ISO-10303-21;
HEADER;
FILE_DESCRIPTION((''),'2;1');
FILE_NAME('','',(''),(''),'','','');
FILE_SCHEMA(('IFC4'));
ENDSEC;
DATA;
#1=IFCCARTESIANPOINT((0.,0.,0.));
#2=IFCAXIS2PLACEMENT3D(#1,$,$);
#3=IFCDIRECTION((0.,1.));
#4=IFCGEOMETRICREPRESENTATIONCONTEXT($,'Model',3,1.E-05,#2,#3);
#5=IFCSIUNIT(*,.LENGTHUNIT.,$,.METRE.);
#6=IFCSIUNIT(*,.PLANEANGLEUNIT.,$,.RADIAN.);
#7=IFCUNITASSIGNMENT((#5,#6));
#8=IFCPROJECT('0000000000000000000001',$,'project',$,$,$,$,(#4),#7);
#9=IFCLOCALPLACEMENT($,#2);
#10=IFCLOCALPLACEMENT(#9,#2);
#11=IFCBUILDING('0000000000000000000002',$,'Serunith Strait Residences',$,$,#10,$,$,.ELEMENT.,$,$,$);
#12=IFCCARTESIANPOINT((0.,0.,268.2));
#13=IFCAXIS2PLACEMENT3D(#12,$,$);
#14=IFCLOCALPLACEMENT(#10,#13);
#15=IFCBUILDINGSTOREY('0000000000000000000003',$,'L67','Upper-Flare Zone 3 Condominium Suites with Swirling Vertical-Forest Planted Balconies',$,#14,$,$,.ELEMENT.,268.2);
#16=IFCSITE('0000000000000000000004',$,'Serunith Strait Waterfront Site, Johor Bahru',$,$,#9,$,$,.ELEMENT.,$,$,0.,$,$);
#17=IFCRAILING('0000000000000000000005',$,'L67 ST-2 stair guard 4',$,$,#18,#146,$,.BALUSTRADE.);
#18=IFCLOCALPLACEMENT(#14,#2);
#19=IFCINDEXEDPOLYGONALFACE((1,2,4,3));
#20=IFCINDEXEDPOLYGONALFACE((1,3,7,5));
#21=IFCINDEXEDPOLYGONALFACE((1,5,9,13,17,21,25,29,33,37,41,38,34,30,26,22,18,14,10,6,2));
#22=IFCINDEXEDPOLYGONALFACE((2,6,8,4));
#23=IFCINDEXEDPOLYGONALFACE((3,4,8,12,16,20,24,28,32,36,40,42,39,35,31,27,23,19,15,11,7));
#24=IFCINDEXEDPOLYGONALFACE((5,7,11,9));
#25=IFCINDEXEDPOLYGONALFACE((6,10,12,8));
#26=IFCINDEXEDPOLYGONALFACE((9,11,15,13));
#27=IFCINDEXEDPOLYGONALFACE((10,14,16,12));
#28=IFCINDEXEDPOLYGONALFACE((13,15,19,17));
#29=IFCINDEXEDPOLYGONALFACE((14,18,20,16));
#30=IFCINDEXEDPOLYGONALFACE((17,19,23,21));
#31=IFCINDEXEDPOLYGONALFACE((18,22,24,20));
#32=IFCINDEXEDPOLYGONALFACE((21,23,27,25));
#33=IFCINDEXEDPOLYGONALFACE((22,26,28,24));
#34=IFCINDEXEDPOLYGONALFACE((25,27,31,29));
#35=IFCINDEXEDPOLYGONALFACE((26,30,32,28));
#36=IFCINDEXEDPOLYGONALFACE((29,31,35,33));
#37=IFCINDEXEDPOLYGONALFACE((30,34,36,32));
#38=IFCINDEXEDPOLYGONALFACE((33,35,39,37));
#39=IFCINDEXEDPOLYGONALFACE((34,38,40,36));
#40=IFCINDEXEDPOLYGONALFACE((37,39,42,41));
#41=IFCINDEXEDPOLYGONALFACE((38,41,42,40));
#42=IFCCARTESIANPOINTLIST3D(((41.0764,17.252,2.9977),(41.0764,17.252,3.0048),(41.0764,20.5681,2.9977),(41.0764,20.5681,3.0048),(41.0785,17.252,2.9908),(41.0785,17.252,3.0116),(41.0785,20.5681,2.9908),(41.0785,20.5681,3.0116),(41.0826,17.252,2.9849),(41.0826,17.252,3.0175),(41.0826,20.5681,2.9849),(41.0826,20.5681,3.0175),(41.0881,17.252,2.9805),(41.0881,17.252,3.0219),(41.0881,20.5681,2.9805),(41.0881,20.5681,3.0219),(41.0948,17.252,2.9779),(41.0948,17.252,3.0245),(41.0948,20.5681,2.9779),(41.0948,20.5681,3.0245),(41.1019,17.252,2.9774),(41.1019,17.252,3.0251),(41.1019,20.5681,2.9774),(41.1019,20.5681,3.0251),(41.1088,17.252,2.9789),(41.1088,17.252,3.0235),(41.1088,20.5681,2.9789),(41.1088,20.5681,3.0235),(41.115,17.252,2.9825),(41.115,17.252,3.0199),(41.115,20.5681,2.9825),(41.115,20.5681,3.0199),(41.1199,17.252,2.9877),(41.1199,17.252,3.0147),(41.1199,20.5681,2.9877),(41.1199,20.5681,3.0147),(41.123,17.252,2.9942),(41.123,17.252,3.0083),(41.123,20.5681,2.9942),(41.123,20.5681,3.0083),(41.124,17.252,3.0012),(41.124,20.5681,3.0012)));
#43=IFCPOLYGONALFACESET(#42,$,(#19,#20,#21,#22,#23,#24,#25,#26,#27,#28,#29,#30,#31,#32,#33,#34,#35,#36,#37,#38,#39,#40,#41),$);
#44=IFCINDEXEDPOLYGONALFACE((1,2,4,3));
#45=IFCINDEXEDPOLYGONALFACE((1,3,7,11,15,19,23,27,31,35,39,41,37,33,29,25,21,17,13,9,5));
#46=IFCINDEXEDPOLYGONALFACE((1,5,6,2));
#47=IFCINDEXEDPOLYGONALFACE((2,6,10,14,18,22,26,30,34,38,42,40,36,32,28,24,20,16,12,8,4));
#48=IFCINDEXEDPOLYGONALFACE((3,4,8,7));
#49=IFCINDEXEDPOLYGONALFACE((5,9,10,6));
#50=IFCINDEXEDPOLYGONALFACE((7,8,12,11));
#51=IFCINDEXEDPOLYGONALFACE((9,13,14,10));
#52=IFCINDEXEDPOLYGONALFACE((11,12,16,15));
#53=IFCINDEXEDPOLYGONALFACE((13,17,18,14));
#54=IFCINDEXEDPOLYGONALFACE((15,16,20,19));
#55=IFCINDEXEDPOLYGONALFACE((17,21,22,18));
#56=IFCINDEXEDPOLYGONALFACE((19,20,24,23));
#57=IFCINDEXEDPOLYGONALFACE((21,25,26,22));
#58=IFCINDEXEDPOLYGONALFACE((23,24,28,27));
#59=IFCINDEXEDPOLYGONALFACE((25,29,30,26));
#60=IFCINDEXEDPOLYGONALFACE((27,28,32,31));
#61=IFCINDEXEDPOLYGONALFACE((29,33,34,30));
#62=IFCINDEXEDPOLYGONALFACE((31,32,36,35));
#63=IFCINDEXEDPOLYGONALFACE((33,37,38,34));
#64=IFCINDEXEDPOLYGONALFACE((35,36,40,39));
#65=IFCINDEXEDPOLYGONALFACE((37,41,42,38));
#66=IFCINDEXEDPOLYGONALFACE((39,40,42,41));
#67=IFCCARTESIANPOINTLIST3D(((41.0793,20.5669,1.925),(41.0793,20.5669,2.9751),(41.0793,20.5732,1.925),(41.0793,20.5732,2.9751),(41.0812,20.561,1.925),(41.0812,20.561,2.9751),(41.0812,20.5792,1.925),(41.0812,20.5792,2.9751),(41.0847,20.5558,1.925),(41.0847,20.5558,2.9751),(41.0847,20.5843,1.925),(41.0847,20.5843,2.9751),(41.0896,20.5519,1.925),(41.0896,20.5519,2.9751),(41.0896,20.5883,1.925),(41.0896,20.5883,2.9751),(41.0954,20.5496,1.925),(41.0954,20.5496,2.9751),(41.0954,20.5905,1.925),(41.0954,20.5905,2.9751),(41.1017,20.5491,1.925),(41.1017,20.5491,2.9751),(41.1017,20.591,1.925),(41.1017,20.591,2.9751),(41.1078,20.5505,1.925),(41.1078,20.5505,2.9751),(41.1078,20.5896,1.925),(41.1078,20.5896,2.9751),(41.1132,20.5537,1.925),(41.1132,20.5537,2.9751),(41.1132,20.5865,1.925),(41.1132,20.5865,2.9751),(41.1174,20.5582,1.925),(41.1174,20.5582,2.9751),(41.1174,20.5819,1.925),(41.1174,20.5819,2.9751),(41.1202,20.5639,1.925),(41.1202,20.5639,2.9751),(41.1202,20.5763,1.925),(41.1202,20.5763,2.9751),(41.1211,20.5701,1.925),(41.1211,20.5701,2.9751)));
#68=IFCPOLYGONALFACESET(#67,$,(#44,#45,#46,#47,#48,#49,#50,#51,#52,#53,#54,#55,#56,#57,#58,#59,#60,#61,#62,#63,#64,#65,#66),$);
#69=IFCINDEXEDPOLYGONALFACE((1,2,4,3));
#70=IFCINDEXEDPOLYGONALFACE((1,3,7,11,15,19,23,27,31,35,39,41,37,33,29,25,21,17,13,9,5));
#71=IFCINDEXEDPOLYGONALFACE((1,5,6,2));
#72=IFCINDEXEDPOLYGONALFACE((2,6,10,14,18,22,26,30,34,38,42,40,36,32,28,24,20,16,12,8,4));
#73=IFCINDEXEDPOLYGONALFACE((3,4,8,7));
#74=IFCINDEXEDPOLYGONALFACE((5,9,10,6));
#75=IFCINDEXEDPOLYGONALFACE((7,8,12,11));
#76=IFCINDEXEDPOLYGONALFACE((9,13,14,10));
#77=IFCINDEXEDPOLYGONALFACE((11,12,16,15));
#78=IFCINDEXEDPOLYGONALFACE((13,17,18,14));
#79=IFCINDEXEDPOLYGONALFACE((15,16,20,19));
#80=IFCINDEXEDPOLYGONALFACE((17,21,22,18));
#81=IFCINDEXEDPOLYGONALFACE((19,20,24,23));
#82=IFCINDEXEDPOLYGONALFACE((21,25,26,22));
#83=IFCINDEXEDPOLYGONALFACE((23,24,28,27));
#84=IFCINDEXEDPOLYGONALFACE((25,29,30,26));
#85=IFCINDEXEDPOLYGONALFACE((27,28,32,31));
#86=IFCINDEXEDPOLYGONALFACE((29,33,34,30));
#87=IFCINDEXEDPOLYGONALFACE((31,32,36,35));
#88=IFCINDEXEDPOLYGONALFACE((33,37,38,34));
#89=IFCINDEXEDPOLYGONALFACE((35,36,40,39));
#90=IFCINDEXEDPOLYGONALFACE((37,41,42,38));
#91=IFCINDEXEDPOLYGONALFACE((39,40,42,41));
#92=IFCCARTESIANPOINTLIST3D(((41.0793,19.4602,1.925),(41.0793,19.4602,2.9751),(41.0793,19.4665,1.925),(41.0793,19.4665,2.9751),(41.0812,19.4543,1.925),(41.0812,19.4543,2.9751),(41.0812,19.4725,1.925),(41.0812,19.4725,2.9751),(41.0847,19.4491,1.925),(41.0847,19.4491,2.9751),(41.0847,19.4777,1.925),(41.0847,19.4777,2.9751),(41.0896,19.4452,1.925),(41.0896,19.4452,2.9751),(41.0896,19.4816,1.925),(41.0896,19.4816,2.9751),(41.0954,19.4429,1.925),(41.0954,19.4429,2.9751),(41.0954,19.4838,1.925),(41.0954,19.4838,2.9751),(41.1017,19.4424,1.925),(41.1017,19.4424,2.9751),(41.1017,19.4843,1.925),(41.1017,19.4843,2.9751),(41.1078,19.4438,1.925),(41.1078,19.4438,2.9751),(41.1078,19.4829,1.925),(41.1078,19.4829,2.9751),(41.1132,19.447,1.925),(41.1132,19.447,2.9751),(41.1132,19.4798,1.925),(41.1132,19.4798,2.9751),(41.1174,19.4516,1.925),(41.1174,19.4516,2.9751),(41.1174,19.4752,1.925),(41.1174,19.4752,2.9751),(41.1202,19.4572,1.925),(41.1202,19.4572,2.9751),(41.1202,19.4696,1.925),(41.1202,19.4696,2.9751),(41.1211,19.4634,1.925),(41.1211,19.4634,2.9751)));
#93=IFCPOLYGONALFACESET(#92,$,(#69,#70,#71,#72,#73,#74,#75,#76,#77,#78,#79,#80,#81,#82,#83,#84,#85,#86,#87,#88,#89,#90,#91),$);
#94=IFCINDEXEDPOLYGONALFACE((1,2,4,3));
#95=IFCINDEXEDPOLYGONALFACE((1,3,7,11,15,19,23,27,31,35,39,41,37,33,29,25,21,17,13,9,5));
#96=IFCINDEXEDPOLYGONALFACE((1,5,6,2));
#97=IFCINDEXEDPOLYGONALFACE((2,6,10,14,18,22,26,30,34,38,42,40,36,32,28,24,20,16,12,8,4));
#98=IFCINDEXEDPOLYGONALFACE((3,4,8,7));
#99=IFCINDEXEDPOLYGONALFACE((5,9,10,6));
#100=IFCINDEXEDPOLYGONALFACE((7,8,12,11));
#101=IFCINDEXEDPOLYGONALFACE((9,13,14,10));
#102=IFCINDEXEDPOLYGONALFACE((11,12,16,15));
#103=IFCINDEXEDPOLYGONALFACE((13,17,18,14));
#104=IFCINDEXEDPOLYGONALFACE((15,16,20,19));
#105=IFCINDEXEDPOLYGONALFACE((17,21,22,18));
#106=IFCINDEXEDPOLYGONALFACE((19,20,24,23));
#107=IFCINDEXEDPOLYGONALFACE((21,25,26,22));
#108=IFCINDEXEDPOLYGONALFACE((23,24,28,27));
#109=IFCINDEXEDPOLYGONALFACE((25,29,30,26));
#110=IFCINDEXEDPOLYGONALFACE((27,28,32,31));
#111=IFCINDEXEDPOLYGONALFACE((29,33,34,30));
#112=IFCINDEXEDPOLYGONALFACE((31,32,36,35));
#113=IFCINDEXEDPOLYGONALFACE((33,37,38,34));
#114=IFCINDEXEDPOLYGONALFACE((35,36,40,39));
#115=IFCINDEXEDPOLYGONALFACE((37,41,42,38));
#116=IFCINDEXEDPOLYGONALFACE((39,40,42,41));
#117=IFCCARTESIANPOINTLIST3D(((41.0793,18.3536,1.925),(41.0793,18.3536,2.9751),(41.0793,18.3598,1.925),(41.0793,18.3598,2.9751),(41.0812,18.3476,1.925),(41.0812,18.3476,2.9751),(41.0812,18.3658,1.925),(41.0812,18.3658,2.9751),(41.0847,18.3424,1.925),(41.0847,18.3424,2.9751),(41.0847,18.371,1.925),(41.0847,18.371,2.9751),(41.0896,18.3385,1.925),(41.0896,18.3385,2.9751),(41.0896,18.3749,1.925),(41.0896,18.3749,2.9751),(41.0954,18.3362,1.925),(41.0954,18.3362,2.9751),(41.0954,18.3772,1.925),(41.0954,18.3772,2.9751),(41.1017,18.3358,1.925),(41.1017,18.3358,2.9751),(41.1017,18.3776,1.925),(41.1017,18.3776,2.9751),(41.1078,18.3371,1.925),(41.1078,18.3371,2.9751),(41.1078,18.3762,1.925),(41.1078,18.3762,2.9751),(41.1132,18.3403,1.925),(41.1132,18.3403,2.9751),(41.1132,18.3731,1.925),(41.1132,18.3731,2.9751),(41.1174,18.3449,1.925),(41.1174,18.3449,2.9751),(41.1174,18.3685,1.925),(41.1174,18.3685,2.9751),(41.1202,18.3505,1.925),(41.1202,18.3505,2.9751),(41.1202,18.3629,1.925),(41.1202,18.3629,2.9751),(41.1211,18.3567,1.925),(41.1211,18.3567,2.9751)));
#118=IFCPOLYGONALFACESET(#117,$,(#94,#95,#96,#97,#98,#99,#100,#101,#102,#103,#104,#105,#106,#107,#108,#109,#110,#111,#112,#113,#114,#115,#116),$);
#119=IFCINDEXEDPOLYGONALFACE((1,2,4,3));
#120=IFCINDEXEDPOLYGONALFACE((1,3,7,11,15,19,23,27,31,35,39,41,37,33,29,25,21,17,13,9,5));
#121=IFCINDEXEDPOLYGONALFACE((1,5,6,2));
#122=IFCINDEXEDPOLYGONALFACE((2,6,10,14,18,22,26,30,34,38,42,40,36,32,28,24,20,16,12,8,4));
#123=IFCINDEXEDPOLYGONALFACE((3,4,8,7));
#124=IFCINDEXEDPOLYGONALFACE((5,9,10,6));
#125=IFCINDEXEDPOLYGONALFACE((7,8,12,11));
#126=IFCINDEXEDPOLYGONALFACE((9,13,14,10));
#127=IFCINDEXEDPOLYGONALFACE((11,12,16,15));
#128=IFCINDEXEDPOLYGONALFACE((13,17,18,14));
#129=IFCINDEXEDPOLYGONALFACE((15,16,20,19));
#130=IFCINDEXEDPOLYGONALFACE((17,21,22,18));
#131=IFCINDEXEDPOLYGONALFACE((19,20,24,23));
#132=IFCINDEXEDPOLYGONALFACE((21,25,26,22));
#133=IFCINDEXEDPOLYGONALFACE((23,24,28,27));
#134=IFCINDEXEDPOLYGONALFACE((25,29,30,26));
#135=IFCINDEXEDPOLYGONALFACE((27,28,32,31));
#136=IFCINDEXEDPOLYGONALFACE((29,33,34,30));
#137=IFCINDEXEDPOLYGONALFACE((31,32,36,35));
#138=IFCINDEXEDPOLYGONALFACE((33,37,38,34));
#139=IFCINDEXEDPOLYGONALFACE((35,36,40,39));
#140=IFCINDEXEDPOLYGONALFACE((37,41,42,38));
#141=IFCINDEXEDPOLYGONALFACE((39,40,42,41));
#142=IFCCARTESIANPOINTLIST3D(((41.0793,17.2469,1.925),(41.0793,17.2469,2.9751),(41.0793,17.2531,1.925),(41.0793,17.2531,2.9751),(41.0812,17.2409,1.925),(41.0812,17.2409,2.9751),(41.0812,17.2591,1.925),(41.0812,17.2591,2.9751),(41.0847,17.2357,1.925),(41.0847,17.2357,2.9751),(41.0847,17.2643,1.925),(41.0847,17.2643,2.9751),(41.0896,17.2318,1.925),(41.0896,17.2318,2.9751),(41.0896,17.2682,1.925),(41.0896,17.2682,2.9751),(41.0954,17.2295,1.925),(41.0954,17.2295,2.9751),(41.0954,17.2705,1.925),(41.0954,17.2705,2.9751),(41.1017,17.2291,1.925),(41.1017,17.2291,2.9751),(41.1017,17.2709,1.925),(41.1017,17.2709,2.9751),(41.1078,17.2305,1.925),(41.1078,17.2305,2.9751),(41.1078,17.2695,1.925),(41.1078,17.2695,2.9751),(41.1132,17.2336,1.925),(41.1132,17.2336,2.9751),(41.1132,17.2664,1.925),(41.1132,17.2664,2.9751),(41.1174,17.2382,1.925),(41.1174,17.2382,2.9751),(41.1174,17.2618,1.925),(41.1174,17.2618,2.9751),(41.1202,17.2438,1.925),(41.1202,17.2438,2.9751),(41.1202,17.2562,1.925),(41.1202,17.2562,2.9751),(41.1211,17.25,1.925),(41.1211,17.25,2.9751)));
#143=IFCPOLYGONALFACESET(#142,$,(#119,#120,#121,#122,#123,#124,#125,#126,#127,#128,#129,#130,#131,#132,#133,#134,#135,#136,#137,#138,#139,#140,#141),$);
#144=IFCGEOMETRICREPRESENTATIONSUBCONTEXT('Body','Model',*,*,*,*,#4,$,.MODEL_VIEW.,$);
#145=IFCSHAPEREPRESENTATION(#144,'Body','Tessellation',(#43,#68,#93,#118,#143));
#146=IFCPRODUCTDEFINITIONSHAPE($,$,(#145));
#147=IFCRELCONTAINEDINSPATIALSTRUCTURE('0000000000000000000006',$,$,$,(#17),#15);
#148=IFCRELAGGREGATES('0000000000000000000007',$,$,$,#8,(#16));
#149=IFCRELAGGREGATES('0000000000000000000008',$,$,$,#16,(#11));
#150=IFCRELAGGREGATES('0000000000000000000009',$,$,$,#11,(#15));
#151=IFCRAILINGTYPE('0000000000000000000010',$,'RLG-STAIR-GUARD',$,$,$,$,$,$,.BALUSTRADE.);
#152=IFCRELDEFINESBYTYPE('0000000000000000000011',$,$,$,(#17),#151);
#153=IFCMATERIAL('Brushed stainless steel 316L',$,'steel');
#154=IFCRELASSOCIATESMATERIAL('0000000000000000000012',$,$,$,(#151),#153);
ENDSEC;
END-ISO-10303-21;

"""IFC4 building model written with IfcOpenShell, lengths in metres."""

from ifc_helpers import new_model, si_unit, direction, frame, origin, origin_2d, place, context, subcontext, project, spatial, circle, extrude, material, type_object, element, save


model = new_model("IFC4")

# Units and contexts
model_context = context("Model", 3, precision=1e-05, world=origin(), true_north=direction((0.0, 1.0)))
body_context = subcontext(model_context, "Body", "Model", "MODEL_VIEW")
ifc_project = project(units=[si_unit("LENGTHUNIT", "METRE"), si_unit("PLANEANGLEUNIT", "RADIAN")], contexts=[model_context])

# Site, building, storey
site_placement = place(None, origin())
site = spatial("IfcSite", under=ifc_project, at=site_placement, Name="Serunith Strait Waterfront Site, Johor Bahru", CompositionType="ELEMENT", RefElevation=0.0)
building_placement = place(site_placement, origin())
building = spatial("IfcBuilding", under=site, at=building_placement, Name="Serunith Strait Residences", CompositionType="ELEMENT")
storey_placement = place(building_placement, frame((0.0, 0.0, 268.2)))
storey = spatial("IfcBuildingStorey", under=building, at=storey_placement, Name="L67", Description="Upper-Flare Zone 3 Condominium Suites with Swirling Vertical-Forest Planted Balconies", CompositionType="ELEMENT", Elevation=268.2)

# Railing
ifc_material_1 = material(Name="Brushed stainless steel 316L", Category="steel")
railing_type_1 = type_object("IfcRailingType", Name="RLG-STAIR-GUARD", PredefinedType="BALUSTRADE", material=ifc_material_1)
for number, where, name in (
    (1, (41.1001, 20.5701, 1.925), "L67 ST-2 stair guard 4"),
):
    element("IfcRailing", number, at=place(storey_placement, frame(where)), inside=storey, type_object=railing_type_1, Name=name, PredefinedType="BALUSTRADE", context=body_context, shape_type="SweptSolid", body=[
        extrude(circle(Radius=0.0239, at=origin_2d()), frame((0.0, -0.002, 1.0762), z_axis=(0.0, -1.0, 0.0), x_axis=(1.0, 0.0, 0.0)), (0.0, 0.0, 1.0), 3.3162),
        extrude(circle(Radius=0.021, at=origin_2d()), origin(), (0.0, 0.0, 1.0), 1.05),
        extrude(circle(Radius=0.021, at=origin_2d()), frame((0.0, -1.1067, 0.0)), (0.0, 0.0, 1.0), 1.05),
        extrude(circle(Radius=0.021, at=origin_2d()), frame((0.0, -2.2134, 0.0)), (0.0, 0.0, 1.0), 1.05),
        extrude(circle(Radius=0.021, at=origin_2d()), frame((0.0, -3.3201, 0.0)), (0.0, 0.0, 1.0), 1.05),
    ])

save(model, "model.ifc")
